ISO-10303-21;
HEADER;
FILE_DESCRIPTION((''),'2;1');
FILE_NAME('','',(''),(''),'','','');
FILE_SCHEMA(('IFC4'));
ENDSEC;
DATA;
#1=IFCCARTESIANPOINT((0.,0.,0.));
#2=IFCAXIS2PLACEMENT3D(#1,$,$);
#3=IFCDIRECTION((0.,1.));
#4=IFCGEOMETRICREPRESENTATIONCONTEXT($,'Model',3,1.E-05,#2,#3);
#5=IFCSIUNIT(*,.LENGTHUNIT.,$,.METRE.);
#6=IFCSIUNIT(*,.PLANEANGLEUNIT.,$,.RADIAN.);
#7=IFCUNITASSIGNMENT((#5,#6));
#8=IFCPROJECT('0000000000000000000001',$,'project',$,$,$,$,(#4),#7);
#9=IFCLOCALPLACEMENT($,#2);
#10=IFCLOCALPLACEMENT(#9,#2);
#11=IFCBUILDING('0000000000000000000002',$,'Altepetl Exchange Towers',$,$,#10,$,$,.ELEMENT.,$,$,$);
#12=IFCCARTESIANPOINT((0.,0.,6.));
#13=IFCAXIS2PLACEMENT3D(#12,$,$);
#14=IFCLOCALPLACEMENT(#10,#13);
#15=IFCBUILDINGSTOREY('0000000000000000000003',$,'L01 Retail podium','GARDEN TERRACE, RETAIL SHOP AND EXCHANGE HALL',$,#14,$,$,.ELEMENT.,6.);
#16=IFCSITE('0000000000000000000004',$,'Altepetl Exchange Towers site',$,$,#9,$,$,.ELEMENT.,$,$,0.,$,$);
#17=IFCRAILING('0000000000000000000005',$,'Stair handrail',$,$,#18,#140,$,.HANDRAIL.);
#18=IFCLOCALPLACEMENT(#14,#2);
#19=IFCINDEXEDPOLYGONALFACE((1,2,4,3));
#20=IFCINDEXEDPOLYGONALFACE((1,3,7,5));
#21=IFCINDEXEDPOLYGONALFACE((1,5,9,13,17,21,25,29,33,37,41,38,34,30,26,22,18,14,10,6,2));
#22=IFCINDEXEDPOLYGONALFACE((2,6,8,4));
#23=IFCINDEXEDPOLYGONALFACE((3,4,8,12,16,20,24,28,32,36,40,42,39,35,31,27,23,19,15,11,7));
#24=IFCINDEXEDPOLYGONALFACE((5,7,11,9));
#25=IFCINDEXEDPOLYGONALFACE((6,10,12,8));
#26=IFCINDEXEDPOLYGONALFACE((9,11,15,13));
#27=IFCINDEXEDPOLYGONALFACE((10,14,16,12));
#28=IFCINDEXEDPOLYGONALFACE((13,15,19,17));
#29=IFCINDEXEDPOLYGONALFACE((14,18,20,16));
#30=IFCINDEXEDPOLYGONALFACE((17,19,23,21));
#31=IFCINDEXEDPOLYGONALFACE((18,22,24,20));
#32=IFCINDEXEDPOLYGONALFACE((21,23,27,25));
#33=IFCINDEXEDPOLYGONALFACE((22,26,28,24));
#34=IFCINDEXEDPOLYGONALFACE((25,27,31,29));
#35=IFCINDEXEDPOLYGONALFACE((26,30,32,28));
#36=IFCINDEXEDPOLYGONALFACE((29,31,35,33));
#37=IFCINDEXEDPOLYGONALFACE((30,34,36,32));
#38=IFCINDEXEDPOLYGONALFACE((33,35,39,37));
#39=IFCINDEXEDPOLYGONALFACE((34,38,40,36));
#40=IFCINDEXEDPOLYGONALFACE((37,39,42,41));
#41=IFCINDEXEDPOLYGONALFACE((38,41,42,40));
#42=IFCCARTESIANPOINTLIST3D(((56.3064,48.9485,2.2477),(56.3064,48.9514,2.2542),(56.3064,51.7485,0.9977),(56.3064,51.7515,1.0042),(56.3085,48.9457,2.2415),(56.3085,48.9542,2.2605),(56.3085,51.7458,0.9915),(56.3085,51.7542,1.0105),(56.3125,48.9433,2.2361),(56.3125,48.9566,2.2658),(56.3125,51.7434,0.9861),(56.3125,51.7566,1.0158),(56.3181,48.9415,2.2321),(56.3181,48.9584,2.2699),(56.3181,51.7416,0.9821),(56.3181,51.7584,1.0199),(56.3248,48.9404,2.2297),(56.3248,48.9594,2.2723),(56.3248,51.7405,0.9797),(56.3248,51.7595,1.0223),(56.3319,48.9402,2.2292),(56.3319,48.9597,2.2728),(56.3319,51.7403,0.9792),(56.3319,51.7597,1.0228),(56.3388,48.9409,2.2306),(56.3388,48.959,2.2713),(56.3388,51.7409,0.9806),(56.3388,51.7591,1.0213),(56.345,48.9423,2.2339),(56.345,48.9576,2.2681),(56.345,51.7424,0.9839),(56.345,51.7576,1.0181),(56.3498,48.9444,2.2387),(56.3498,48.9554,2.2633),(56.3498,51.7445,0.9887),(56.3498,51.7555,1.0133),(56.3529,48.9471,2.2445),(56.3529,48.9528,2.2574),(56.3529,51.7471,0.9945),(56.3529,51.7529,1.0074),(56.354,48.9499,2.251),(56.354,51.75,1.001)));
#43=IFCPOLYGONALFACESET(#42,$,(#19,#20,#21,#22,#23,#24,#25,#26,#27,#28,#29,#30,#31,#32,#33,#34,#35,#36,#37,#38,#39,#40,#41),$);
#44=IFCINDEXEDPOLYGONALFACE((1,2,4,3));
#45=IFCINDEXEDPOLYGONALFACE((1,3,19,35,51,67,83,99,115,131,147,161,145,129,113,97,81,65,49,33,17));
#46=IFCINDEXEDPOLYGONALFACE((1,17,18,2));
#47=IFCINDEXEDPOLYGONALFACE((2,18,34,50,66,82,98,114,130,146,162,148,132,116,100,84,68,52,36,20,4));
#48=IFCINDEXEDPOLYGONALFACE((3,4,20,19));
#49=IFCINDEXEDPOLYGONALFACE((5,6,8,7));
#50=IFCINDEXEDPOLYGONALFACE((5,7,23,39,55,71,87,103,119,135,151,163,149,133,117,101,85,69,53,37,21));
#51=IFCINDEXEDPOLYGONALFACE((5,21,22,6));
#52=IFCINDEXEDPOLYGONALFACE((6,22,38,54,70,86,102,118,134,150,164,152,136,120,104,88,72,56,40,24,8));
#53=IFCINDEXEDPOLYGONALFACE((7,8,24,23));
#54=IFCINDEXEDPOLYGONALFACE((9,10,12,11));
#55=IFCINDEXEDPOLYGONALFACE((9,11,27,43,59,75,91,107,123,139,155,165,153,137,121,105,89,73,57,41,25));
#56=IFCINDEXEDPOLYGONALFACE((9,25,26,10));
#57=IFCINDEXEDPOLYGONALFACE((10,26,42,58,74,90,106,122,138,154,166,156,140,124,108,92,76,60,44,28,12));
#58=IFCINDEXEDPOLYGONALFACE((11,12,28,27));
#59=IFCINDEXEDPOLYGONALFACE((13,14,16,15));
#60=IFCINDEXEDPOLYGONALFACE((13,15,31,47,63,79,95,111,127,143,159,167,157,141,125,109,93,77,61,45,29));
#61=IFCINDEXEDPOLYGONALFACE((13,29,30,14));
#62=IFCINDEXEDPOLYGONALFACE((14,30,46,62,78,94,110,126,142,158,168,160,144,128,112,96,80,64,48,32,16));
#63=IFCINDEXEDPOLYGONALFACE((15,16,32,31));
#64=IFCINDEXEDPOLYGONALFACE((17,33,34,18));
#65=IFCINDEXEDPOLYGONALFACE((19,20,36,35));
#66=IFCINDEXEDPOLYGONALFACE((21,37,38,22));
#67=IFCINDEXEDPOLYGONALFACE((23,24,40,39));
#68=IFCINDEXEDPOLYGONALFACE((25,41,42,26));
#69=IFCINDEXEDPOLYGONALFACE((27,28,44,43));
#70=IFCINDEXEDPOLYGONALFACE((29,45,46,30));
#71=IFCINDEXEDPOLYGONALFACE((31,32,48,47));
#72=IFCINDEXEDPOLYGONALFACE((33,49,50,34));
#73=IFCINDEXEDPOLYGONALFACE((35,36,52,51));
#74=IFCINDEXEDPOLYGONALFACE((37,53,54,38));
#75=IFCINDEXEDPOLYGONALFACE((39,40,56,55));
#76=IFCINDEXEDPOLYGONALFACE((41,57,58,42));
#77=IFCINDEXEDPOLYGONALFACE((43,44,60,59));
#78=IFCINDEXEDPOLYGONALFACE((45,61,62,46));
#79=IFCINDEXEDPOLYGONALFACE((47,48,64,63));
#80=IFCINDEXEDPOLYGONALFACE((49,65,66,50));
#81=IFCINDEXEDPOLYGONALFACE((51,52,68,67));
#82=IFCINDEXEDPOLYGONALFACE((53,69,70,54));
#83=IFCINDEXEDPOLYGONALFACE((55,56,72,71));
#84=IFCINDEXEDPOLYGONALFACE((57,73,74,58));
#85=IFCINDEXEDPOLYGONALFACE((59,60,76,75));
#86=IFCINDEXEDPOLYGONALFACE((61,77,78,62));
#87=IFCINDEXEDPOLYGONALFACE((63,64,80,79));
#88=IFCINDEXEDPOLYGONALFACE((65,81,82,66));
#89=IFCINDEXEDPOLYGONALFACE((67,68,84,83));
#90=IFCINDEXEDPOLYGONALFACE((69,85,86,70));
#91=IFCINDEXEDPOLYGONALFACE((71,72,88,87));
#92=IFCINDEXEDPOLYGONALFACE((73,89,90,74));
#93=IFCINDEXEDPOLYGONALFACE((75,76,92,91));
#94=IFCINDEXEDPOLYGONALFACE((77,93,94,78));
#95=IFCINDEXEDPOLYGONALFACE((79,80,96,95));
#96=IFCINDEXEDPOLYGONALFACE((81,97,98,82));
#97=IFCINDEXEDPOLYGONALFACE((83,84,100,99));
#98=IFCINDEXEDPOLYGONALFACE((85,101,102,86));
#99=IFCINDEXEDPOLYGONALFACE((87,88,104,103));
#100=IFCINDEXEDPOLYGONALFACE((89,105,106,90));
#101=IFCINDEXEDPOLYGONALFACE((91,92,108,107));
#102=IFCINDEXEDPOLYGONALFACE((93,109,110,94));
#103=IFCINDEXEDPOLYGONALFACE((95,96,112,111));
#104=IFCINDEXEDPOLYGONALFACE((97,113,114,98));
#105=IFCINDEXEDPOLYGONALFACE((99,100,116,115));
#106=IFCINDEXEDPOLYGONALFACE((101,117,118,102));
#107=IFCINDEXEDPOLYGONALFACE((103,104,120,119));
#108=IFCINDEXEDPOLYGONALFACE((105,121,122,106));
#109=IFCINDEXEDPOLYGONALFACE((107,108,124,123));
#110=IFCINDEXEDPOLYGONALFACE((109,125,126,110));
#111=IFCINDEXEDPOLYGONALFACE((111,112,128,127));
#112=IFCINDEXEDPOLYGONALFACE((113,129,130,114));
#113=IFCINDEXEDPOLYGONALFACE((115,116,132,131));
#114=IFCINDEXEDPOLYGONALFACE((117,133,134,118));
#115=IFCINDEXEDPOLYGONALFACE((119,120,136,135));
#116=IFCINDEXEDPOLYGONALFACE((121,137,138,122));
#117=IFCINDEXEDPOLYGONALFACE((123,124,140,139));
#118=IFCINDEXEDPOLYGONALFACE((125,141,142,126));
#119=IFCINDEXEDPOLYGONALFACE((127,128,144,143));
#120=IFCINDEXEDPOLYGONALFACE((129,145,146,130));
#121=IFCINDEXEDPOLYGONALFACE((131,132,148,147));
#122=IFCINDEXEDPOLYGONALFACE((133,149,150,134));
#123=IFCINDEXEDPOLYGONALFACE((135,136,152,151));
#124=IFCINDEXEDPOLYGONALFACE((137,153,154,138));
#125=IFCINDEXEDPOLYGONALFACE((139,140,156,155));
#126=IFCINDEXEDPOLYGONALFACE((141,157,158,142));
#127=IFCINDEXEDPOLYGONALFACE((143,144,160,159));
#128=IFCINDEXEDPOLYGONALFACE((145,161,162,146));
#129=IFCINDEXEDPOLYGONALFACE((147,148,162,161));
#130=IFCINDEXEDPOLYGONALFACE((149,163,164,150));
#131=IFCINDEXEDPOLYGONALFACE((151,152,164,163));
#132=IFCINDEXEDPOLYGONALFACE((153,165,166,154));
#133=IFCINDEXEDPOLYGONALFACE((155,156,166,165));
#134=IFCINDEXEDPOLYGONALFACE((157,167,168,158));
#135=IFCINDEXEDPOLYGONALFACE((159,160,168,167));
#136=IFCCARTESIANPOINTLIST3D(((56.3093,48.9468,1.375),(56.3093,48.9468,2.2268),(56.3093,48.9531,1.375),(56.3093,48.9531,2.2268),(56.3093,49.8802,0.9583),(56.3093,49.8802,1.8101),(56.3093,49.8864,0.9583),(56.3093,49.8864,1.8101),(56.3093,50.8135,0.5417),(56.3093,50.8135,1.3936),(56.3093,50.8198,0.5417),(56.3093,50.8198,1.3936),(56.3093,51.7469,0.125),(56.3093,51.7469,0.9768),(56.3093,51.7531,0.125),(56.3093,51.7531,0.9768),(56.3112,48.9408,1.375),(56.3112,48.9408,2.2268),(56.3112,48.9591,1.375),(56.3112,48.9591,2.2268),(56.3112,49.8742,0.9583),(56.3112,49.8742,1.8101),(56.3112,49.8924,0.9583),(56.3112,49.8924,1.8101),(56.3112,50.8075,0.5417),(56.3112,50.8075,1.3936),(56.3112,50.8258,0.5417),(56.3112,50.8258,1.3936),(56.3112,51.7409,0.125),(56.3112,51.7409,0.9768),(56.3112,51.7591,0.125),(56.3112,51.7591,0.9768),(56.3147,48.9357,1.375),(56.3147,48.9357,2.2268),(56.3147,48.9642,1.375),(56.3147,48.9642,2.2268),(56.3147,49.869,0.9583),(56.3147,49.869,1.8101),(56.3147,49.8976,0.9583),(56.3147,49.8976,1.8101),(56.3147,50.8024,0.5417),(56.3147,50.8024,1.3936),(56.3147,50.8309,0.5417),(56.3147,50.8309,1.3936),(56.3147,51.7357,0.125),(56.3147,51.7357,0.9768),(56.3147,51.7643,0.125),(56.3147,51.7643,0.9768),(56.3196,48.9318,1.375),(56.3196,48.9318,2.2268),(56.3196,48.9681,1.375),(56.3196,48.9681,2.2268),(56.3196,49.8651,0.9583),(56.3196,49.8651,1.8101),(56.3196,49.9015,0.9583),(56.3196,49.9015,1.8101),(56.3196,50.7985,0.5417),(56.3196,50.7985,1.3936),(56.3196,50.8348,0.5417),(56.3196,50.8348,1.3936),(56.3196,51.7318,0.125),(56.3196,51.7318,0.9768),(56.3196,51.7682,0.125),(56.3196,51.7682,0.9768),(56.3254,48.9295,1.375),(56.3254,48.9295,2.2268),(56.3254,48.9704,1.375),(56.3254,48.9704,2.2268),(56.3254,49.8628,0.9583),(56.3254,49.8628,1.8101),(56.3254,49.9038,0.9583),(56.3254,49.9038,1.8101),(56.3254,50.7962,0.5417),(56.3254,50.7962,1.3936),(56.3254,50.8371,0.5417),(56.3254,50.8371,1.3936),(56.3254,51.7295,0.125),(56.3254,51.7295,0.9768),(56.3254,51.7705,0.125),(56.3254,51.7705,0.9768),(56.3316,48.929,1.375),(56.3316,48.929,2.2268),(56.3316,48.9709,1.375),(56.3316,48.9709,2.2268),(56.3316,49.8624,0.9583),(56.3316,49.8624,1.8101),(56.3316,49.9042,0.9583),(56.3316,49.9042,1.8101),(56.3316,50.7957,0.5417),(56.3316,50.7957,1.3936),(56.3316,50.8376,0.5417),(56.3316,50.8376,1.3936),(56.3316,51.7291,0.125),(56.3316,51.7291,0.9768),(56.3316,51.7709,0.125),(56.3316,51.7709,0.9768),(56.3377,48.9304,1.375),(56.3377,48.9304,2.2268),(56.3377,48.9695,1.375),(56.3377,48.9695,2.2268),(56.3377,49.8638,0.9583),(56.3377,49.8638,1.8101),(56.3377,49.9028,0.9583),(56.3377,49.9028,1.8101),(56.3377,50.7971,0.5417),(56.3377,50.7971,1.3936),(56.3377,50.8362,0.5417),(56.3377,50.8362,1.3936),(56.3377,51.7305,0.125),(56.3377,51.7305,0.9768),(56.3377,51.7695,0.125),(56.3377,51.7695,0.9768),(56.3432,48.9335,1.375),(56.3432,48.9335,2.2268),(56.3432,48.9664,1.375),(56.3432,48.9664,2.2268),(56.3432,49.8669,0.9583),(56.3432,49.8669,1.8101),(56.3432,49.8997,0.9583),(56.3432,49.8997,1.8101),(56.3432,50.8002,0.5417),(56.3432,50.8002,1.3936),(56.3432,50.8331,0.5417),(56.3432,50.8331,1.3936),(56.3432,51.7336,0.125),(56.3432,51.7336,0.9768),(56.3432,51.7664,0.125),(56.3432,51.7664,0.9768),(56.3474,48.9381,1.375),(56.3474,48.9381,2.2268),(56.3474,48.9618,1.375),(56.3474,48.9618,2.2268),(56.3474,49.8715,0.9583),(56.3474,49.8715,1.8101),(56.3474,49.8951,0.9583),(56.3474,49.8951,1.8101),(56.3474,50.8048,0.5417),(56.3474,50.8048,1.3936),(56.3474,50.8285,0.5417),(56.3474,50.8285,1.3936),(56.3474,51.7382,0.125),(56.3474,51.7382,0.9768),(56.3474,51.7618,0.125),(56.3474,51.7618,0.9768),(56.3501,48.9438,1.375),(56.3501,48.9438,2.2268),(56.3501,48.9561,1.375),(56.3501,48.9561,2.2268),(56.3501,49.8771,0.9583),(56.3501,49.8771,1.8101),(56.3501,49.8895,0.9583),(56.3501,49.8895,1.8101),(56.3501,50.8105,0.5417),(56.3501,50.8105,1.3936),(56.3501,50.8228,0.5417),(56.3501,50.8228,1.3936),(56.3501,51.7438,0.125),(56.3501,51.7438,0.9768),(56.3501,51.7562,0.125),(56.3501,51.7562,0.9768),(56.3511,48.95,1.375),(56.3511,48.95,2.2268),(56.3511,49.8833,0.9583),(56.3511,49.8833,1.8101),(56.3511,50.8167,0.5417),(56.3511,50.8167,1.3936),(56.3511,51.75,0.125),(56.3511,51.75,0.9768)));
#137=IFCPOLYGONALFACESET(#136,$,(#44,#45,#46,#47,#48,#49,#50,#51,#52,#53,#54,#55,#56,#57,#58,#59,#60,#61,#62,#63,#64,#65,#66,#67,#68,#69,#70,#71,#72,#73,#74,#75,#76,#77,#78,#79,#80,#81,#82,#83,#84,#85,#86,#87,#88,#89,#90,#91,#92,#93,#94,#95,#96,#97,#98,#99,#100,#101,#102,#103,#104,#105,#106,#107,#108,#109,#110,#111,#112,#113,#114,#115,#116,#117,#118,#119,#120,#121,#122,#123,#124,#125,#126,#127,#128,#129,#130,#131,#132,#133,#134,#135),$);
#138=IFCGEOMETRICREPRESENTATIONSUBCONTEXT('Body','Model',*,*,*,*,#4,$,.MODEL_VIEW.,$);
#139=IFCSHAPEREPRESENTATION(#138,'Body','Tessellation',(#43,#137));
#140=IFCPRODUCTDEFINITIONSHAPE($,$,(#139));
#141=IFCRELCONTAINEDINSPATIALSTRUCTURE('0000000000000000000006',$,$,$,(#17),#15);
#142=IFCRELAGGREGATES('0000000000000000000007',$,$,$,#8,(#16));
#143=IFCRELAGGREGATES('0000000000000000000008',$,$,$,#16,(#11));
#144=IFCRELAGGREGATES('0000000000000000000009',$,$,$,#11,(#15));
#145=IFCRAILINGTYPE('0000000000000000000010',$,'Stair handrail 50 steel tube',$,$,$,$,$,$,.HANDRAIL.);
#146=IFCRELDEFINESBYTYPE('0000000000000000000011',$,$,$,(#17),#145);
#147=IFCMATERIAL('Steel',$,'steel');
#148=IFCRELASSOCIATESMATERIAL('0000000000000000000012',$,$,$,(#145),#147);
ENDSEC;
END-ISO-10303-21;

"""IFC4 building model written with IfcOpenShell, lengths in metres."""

from ifc_helpers import new_model, si_unit, direction, frame, origin, origin_2d, place, context, subcontext, project, spatial, circle, extrude, source, transform, mapped, material, type_object, element, save


model = new_model("IFC4")

# Units and contexts
model_context = context("Model", 3, precision=1e-05, world=origin(), true_north=direction((0.0, 1.0)))
body_context = subcontext(model_context, "Body", "Model", "MODEL_VIEW")
ifc_project = project(units=[si_unit("LENGTHUNIT", "METRE"), si_unit("PLANEANGLEUNIT", "RADIAN")], contexts=[model_context])

# Site, building, storey
site_placement = place(None, origin())
site = spatial("IfcSite", under=ifc_project, at=site_placement, Name="Altepetl Exchange Towers site", CompositionType="ELEMENT", RefElevation=0.0)
building_placement = place(site_placement, origin())
building = spatial("IfcBuilding", under=site, at=building_placement, Name="Altepetl Exchange Towers", CompositionType="ELEMENT")
storey_placement = place(building_placement, frame((0.0, 0.0, 6.0)))
storey = spatial("IfcBuildingStorey", under=building, at=storey_placement, Name="L01 Retail podium", Description="GARDEN TERRACE, RETAIL SHOP AND EXCHANGE HALL", CompositionType="ELEMENT", Elevation=6.0)

# Railing
ifc_material_1 = material(Name="Steel", Category="steel")
railing_type = type_object("IfcRailingType", Name="Stair handrail 50 steel tube", PredefinedType="HANDRAIL", material=ifc_material_1)
shared_shape = source(origin(), body_context, "Body", "SweptSolid", [
    extrude(circle(Radius=0.021, at=origin_2d()), origin(), (0.0, 0.0, 1.0), 0.8518),
])
railing_1_placement = place(storey_placement, frame((56.3301, 51.75, 0.125)))
element("IfcRailing", 1, at=railing_1_placement, inside=storey, type_object=railing_type, Name="Stair handrail", PredefinedType="HANDRAIL", context=body_context, shape_type="SweptSolid", body=[
    extrude(circle(Radius=0.0239, at=origin_2d()), frame((0.0, 0.0, 0.876), z_axis=(0.0, -0.913141, 0.407645), x_axis=(1.0, 0.0, 0.0)), (0.0, 0.0, 1.0), 3.0664),
    mapped(shared_shape, transform((0.0, 0.0, 0.0))),
    mapped(shared_shape, transform((0.0, -0.9333, 0.4167))),
    mapped(shared_shape, transform((0.0, -1.8667, 0.8333))),
    mapped(shared_shape, transform((0.0, -2.8, 1.25))),
])

save(model, "model.ifc")
